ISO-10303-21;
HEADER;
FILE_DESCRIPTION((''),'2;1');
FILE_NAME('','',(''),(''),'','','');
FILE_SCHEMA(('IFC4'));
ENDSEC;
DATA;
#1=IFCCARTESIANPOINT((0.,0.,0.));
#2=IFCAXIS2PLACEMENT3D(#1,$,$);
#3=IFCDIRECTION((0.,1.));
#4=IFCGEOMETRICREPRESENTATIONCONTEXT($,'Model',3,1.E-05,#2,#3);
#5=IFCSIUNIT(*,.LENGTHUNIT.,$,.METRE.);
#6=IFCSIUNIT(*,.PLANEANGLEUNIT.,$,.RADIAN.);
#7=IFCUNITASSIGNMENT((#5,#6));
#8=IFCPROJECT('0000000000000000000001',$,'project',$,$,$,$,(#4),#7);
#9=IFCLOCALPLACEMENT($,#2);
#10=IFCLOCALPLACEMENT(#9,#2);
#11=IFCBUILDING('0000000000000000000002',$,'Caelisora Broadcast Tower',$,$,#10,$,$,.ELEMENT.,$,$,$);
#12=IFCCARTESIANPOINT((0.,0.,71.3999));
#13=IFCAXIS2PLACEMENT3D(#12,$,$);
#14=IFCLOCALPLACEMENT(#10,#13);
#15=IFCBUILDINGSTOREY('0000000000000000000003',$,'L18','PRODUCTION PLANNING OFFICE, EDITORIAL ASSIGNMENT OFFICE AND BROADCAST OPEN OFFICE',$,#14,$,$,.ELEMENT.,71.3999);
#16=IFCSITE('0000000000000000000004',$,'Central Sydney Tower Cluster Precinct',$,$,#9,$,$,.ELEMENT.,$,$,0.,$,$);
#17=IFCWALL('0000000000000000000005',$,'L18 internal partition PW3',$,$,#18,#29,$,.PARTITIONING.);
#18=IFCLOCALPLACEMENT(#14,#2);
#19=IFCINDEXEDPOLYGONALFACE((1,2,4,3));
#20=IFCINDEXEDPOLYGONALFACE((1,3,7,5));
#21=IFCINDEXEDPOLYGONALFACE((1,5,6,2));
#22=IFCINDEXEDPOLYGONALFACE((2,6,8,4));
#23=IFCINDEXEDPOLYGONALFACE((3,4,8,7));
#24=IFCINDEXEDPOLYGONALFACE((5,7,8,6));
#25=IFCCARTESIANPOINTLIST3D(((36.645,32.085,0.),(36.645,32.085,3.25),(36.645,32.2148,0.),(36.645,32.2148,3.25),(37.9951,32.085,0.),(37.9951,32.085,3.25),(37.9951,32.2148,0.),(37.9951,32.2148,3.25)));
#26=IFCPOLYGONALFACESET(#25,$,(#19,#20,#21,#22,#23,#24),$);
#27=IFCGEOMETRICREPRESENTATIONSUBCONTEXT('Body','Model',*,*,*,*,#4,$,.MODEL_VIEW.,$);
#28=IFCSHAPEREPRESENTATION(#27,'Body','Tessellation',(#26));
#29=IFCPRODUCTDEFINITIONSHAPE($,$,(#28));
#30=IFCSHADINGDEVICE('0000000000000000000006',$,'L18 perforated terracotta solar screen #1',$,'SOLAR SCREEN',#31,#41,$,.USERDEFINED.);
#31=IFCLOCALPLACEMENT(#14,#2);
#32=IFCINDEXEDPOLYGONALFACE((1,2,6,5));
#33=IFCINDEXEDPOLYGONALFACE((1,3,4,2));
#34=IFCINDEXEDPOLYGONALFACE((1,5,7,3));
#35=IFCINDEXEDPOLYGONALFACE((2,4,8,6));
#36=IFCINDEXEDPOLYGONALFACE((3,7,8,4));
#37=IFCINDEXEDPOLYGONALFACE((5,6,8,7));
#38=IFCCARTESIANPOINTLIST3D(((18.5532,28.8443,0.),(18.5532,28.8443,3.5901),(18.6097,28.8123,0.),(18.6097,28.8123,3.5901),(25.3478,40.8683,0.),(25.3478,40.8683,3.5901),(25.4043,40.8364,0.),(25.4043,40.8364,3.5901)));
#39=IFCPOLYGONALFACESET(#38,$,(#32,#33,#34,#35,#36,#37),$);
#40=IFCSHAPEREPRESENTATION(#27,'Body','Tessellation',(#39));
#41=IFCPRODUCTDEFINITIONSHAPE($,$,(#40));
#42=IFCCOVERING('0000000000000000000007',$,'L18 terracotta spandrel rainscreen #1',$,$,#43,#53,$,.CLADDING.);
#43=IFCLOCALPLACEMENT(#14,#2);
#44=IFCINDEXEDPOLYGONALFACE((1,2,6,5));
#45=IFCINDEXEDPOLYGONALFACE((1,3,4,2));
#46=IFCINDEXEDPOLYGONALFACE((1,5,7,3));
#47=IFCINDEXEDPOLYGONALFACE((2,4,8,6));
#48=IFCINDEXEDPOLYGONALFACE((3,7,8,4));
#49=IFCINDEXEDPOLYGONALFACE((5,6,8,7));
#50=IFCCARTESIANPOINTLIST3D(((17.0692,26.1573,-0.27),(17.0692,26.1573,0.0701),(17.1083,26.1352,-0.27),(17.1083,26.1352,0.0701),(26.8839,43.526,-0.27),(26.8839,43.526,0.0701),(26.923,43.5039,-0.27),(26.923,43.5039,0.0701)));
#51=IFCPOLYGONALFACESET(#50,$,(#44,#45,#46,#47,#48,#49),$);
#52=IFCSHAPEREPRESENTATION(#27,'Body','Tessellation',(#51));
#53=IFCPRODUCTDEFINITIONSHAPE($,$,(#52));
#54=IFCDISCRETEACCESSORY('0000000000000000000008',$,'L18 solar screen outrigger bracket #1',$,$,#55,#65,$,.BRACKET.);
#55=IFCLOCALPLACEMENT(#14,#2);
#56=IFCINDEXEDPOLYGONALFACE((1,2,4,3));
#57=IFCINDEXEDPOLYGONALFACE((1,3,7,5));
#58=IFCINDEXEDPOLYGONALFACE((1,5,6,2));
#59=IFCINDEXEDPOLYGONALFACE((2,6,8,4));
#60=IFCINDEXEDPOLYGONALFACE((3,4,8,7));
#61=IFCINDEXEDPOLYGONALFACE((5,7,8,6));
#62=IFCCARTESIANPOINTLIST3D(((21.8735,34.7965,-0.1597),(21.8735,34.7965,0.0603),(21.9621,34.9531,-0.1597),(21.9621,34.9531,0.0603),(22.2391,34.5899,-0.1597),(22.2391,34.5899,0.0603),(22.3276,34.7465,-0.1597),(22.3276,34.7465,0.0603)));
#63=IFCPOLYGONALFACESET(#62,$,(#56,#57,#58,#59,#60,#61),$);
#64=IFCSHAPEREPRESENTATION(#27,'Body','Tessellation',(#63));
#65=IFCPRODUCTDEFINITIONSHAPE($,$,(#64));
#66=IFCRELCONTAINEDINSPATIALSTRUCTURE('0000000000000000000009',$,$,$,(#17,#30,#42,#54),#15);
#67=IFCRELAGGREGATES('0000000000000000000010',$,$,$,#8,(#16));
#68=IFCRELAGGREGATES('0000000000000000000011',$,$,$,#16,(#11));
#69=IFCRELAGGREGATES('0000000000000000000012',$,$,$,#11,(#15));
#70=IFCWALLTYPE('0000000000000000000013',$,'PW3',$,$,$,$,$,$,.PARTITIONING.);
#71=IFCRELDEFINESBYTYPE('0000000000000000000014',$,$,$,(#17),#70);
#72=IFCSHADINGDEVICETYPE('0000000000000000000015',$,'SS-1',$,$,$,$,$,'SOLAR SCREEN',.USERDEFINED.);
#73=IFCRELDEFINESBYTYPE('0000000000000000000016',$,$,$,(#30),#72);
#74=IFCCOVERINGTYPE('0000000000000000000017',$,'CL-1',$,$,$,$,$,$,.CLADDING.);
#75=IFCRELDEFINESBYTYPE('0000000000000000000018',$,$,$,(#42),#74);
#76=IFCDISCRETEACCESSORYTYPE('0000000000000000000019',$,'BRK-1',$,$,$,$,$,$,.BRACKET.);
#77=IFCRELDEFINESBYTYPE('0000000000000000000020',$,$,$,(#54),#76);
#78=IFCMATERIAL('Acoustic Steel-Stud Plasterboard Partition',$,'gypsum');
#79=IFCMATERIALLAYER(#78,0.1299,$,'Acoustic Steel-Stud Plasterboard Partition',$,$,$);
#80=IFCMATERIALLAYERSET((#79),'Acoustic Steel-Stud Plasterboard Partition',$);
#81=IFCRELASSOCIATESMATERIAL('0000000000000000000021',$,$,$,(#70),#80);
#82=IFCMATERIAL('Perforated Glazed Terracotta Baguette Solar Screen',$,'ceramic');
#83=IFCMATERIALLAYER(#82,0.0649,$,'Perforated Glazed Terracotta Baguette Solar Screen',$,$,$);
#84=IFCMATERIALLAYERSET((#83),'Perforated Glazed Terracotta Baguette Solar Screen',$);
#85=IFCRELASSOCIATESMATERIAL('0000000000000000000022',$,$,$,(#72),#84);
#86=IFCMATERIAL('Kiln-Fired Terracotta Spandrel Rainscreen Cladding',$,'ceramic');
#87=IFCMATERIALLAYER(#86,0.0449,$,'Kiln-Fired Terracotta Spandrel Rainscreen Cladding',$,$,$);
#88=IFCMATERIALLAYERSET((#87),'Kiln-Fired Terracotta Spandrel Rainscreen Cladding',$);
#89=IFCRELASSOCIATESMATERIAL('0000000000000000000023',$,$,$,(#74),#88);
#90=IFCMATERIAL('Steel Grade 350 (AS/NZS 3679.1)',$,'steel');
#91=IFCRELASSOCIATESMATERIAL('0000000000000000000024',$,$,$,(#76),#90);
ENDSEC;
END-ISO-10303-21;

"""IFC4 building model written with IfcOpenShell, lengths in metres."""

from ifc_helpers import new_model, si_unit, direction, frame, frame_2d, origin, origin_2d, place, context, subcontext, project, spatial, rectangle, extrude, source, transform, mapped, material, layer, layer_set, type_object, type_shapes, element, save


model = new_model("IFC4")

# Units and contexts
model_context = context("Model", 3, precision=1e-05, world=origin(), true_north=direction((0.0, 1.0)))
body_context = subcontext(model_context, "Body", "Model", "MODEL_VIEW")
ifc_project = project(units=[si_unit("LENGTHUNIT", "METRE"), si_unit("PLANEANGLEUNIT", "RADIAN")], contexts=[model_context])

# Site, building, storey
site_placement = place(None, origin())
site = spatial("IfcSite", under=ifc_project, at=site_placement, Name="Central Sydney Tower Cluster Precinct", CompositionType="ELEMENT", RefElevation=0.0)
building_placement = place(site_placement, origin())
building = spatial("IfcBuilding", under=site, at=building_placement, Name="Caelisora Broadcast Tower", CompositionType="ELEMENT")
storey_placement = place(building_placement, frame((0.0, 0.0, 71.3999)))
storey = spatial("IfcBuildingStorey", under=building, at=storey_placement, Name="L18", Description="PRODUCTION PLANNING OFFICE, EDITORIAL ASSIGNMENT OFFICE AND BROADCAST OPEN OFFICE", CompositionType="ELEMENT", Elevation=71.3999)

# Shared definitions
ifc_material_1 = material(Name="Steel Grade 350 (AS/NZS 3679.1)", Category="steel")

# Shared definitions
ifc_material_2 = material(Name="Acoustic Steel-Stud Plasterboard Partition", Category="gypsum")
ifc_layer_1 = layer(ifc_material_2, 0.1299, Name="Acoustic Steel-Stud Plasterboard Partition")
ifc_layer_set_1 = layer_set([ifc_layer_1], Name="Acoustic Steel-Stud Plasterboard Partition")
wall_type = type_object("IfcWallType", Name="PW3", PredefinedType="PARTITIONING", material=ifc_layer_set_1)

# Wall
wall_1_placement = place(storey_placement, frame((36.645, 32.1499, 0.0), z_axis=(0.0, 0.0, 1.0), x_axis=(1.0, 0.0, 0.0)))
element("IfcWall", 1, at=wall_1_placement, inside=storey, type_object=wall_type, Name="L18 internal partition PW3", PredefinedType="PARTITIONING", context=body_context, shape_type="SweptSolid", body=[
    extrude(rectangle(XDim=1.3501, YDim=0.1299, at=frame_2d((0.675, 0.0))), origin(), (0.0, 0.0, 1.0), 3.25),
])

# Shading device
ifc_material_3 = material(Name="Perforated Glazed Terracotta Baguette Solar Screen", Category="ceramic")
ifc_layer_2 = layer(ifc_material_3, 0.0649, Name="Perforated Glazed Terracotta Baguette Solar Screen")
ifc_layer_set_2 = layer_set([ifc_layer_2], Name="Perforated Glazed Terracotta Baguette Solar Screen")
shading_device_type = type_object("IfcShadingDeviceType", Name="SS-1", ElementType="SOLAR SCREEN", PredefinedType="USERDEFINED", material=ifc_layer_set_2)
shared_shape_1 = source(origin(), body_context, "Body", "SweptSolid", [
    extrude(rectangle(XDim=13.811, YDim=0.0649, at=origin_2d()), origin(), (0.0, 0.0, 1.0), 3.5901),
])
type_shapes(shading_device_type, [shared_shape_1])
shading_device_placement = place(storey_placement, frame((21.9788, 34.8403, 0.0), z_axis=(0.0, 0.0, 1.0), x_axis=(-0.491968, -0.870613, 0.0)))
element("IfcShadingDevice", 2, at=shading_device_placement, inside=storey, type_object=shading_device_type, Name="L18 perforated terracotta solar screen #1", ObjectType="SOLAR SCREEN", PredefinedType="USERDEFINED", context=body_context, shape_type="MappedRepresentation", body=[
    mapped(shared_shape_1, transform((0.0, 0.0, 0.0), scale=1.0)),
])

# Covering
ifc_material_4 = material(Name="Kiln-Fired Terracotta Spandrel Rainscreen Cladding", Category="ceramic")
ifc_layer_3 = layer(ifc_material_4, 0.0449, Name="Kiln-Fired Terracotta Spandrel Rainscreen Cladding")
ifc_layer_set_3 = layer_set([ifc_layer_3], Name="Kiln-Fired Terracotta Spandrel Rainscreen Cladding")
covering_type = type_object("IfcCoveringType", Name="CL-1", PredefinedType="CLADDING", material=ifc_layer_set_3)
shared_shape_2 = source(origin(), body_context, "Body", "SweptSolid", [
    extrude(rectangle(XDim=19.95, YDim=0.0449, at=origin_2d()), origin(), (0.0, 0.0, 1.0), 0.3401),
])
type_shapes(covering_type, [shared_shape_2])
covering_placement = place(storey_placement, frame((21.9961, 34.8306, -0.27), z_axis=(0.0, 0.0, 1.0), x_axis=(-0.491968, -0.870613, 0.0)))
element("IfcCovering", 3, at=covering_placement, inside=storey, type_object=covering_type, Name="L18 terracotta spandrel rainscreen #1", PredefinedType="CLADDING", context=body_context, shape_type="MappedRepresentation", body=[
    mapped(shared_shape_2, transform((0.0, 0.0, 0.0), scale=1.0)),
])

# Discrete accessory
discrete_accessory_type = type_object("IfcDiscreteAccessoryType", Name="BRK-1", PredefinedType="BRACKET", material=ifc_material_1)
shared_shape_3 = source(origin(), body_context, "Body", "SweptSolid", [
    extrude(rectangle(XDim=0.1799, YDim=0.4199, at=origin_2d()), origin(), (0.0, 0.0, 1.0), 0.22),
])
type_shapes(discrete_accessory_type, [shared_shape_3])
discrete_accessory_placement = place(storey_placement, frame((22.1006, 34.7715, -0.1597), z_axis=(0.0, 0.0, 1.0), x_axis=(-0.491968, -0.870613, 0.0)))
element("IfcDiscreteAccessory", 4, at=discrete_accessory_placement, inside=storey, type_object=discrete_accessory_type, Name="L18 solar screen outrigger bracket #1", PredefinedType="BRACKET", context=body_context, shape_type="MappedRepresentation", body=[
    mapped(shared_shape_3, transform((0.0, 0.0, 0.0), scale=1.0)),
])

save(model, "model.ifc")
